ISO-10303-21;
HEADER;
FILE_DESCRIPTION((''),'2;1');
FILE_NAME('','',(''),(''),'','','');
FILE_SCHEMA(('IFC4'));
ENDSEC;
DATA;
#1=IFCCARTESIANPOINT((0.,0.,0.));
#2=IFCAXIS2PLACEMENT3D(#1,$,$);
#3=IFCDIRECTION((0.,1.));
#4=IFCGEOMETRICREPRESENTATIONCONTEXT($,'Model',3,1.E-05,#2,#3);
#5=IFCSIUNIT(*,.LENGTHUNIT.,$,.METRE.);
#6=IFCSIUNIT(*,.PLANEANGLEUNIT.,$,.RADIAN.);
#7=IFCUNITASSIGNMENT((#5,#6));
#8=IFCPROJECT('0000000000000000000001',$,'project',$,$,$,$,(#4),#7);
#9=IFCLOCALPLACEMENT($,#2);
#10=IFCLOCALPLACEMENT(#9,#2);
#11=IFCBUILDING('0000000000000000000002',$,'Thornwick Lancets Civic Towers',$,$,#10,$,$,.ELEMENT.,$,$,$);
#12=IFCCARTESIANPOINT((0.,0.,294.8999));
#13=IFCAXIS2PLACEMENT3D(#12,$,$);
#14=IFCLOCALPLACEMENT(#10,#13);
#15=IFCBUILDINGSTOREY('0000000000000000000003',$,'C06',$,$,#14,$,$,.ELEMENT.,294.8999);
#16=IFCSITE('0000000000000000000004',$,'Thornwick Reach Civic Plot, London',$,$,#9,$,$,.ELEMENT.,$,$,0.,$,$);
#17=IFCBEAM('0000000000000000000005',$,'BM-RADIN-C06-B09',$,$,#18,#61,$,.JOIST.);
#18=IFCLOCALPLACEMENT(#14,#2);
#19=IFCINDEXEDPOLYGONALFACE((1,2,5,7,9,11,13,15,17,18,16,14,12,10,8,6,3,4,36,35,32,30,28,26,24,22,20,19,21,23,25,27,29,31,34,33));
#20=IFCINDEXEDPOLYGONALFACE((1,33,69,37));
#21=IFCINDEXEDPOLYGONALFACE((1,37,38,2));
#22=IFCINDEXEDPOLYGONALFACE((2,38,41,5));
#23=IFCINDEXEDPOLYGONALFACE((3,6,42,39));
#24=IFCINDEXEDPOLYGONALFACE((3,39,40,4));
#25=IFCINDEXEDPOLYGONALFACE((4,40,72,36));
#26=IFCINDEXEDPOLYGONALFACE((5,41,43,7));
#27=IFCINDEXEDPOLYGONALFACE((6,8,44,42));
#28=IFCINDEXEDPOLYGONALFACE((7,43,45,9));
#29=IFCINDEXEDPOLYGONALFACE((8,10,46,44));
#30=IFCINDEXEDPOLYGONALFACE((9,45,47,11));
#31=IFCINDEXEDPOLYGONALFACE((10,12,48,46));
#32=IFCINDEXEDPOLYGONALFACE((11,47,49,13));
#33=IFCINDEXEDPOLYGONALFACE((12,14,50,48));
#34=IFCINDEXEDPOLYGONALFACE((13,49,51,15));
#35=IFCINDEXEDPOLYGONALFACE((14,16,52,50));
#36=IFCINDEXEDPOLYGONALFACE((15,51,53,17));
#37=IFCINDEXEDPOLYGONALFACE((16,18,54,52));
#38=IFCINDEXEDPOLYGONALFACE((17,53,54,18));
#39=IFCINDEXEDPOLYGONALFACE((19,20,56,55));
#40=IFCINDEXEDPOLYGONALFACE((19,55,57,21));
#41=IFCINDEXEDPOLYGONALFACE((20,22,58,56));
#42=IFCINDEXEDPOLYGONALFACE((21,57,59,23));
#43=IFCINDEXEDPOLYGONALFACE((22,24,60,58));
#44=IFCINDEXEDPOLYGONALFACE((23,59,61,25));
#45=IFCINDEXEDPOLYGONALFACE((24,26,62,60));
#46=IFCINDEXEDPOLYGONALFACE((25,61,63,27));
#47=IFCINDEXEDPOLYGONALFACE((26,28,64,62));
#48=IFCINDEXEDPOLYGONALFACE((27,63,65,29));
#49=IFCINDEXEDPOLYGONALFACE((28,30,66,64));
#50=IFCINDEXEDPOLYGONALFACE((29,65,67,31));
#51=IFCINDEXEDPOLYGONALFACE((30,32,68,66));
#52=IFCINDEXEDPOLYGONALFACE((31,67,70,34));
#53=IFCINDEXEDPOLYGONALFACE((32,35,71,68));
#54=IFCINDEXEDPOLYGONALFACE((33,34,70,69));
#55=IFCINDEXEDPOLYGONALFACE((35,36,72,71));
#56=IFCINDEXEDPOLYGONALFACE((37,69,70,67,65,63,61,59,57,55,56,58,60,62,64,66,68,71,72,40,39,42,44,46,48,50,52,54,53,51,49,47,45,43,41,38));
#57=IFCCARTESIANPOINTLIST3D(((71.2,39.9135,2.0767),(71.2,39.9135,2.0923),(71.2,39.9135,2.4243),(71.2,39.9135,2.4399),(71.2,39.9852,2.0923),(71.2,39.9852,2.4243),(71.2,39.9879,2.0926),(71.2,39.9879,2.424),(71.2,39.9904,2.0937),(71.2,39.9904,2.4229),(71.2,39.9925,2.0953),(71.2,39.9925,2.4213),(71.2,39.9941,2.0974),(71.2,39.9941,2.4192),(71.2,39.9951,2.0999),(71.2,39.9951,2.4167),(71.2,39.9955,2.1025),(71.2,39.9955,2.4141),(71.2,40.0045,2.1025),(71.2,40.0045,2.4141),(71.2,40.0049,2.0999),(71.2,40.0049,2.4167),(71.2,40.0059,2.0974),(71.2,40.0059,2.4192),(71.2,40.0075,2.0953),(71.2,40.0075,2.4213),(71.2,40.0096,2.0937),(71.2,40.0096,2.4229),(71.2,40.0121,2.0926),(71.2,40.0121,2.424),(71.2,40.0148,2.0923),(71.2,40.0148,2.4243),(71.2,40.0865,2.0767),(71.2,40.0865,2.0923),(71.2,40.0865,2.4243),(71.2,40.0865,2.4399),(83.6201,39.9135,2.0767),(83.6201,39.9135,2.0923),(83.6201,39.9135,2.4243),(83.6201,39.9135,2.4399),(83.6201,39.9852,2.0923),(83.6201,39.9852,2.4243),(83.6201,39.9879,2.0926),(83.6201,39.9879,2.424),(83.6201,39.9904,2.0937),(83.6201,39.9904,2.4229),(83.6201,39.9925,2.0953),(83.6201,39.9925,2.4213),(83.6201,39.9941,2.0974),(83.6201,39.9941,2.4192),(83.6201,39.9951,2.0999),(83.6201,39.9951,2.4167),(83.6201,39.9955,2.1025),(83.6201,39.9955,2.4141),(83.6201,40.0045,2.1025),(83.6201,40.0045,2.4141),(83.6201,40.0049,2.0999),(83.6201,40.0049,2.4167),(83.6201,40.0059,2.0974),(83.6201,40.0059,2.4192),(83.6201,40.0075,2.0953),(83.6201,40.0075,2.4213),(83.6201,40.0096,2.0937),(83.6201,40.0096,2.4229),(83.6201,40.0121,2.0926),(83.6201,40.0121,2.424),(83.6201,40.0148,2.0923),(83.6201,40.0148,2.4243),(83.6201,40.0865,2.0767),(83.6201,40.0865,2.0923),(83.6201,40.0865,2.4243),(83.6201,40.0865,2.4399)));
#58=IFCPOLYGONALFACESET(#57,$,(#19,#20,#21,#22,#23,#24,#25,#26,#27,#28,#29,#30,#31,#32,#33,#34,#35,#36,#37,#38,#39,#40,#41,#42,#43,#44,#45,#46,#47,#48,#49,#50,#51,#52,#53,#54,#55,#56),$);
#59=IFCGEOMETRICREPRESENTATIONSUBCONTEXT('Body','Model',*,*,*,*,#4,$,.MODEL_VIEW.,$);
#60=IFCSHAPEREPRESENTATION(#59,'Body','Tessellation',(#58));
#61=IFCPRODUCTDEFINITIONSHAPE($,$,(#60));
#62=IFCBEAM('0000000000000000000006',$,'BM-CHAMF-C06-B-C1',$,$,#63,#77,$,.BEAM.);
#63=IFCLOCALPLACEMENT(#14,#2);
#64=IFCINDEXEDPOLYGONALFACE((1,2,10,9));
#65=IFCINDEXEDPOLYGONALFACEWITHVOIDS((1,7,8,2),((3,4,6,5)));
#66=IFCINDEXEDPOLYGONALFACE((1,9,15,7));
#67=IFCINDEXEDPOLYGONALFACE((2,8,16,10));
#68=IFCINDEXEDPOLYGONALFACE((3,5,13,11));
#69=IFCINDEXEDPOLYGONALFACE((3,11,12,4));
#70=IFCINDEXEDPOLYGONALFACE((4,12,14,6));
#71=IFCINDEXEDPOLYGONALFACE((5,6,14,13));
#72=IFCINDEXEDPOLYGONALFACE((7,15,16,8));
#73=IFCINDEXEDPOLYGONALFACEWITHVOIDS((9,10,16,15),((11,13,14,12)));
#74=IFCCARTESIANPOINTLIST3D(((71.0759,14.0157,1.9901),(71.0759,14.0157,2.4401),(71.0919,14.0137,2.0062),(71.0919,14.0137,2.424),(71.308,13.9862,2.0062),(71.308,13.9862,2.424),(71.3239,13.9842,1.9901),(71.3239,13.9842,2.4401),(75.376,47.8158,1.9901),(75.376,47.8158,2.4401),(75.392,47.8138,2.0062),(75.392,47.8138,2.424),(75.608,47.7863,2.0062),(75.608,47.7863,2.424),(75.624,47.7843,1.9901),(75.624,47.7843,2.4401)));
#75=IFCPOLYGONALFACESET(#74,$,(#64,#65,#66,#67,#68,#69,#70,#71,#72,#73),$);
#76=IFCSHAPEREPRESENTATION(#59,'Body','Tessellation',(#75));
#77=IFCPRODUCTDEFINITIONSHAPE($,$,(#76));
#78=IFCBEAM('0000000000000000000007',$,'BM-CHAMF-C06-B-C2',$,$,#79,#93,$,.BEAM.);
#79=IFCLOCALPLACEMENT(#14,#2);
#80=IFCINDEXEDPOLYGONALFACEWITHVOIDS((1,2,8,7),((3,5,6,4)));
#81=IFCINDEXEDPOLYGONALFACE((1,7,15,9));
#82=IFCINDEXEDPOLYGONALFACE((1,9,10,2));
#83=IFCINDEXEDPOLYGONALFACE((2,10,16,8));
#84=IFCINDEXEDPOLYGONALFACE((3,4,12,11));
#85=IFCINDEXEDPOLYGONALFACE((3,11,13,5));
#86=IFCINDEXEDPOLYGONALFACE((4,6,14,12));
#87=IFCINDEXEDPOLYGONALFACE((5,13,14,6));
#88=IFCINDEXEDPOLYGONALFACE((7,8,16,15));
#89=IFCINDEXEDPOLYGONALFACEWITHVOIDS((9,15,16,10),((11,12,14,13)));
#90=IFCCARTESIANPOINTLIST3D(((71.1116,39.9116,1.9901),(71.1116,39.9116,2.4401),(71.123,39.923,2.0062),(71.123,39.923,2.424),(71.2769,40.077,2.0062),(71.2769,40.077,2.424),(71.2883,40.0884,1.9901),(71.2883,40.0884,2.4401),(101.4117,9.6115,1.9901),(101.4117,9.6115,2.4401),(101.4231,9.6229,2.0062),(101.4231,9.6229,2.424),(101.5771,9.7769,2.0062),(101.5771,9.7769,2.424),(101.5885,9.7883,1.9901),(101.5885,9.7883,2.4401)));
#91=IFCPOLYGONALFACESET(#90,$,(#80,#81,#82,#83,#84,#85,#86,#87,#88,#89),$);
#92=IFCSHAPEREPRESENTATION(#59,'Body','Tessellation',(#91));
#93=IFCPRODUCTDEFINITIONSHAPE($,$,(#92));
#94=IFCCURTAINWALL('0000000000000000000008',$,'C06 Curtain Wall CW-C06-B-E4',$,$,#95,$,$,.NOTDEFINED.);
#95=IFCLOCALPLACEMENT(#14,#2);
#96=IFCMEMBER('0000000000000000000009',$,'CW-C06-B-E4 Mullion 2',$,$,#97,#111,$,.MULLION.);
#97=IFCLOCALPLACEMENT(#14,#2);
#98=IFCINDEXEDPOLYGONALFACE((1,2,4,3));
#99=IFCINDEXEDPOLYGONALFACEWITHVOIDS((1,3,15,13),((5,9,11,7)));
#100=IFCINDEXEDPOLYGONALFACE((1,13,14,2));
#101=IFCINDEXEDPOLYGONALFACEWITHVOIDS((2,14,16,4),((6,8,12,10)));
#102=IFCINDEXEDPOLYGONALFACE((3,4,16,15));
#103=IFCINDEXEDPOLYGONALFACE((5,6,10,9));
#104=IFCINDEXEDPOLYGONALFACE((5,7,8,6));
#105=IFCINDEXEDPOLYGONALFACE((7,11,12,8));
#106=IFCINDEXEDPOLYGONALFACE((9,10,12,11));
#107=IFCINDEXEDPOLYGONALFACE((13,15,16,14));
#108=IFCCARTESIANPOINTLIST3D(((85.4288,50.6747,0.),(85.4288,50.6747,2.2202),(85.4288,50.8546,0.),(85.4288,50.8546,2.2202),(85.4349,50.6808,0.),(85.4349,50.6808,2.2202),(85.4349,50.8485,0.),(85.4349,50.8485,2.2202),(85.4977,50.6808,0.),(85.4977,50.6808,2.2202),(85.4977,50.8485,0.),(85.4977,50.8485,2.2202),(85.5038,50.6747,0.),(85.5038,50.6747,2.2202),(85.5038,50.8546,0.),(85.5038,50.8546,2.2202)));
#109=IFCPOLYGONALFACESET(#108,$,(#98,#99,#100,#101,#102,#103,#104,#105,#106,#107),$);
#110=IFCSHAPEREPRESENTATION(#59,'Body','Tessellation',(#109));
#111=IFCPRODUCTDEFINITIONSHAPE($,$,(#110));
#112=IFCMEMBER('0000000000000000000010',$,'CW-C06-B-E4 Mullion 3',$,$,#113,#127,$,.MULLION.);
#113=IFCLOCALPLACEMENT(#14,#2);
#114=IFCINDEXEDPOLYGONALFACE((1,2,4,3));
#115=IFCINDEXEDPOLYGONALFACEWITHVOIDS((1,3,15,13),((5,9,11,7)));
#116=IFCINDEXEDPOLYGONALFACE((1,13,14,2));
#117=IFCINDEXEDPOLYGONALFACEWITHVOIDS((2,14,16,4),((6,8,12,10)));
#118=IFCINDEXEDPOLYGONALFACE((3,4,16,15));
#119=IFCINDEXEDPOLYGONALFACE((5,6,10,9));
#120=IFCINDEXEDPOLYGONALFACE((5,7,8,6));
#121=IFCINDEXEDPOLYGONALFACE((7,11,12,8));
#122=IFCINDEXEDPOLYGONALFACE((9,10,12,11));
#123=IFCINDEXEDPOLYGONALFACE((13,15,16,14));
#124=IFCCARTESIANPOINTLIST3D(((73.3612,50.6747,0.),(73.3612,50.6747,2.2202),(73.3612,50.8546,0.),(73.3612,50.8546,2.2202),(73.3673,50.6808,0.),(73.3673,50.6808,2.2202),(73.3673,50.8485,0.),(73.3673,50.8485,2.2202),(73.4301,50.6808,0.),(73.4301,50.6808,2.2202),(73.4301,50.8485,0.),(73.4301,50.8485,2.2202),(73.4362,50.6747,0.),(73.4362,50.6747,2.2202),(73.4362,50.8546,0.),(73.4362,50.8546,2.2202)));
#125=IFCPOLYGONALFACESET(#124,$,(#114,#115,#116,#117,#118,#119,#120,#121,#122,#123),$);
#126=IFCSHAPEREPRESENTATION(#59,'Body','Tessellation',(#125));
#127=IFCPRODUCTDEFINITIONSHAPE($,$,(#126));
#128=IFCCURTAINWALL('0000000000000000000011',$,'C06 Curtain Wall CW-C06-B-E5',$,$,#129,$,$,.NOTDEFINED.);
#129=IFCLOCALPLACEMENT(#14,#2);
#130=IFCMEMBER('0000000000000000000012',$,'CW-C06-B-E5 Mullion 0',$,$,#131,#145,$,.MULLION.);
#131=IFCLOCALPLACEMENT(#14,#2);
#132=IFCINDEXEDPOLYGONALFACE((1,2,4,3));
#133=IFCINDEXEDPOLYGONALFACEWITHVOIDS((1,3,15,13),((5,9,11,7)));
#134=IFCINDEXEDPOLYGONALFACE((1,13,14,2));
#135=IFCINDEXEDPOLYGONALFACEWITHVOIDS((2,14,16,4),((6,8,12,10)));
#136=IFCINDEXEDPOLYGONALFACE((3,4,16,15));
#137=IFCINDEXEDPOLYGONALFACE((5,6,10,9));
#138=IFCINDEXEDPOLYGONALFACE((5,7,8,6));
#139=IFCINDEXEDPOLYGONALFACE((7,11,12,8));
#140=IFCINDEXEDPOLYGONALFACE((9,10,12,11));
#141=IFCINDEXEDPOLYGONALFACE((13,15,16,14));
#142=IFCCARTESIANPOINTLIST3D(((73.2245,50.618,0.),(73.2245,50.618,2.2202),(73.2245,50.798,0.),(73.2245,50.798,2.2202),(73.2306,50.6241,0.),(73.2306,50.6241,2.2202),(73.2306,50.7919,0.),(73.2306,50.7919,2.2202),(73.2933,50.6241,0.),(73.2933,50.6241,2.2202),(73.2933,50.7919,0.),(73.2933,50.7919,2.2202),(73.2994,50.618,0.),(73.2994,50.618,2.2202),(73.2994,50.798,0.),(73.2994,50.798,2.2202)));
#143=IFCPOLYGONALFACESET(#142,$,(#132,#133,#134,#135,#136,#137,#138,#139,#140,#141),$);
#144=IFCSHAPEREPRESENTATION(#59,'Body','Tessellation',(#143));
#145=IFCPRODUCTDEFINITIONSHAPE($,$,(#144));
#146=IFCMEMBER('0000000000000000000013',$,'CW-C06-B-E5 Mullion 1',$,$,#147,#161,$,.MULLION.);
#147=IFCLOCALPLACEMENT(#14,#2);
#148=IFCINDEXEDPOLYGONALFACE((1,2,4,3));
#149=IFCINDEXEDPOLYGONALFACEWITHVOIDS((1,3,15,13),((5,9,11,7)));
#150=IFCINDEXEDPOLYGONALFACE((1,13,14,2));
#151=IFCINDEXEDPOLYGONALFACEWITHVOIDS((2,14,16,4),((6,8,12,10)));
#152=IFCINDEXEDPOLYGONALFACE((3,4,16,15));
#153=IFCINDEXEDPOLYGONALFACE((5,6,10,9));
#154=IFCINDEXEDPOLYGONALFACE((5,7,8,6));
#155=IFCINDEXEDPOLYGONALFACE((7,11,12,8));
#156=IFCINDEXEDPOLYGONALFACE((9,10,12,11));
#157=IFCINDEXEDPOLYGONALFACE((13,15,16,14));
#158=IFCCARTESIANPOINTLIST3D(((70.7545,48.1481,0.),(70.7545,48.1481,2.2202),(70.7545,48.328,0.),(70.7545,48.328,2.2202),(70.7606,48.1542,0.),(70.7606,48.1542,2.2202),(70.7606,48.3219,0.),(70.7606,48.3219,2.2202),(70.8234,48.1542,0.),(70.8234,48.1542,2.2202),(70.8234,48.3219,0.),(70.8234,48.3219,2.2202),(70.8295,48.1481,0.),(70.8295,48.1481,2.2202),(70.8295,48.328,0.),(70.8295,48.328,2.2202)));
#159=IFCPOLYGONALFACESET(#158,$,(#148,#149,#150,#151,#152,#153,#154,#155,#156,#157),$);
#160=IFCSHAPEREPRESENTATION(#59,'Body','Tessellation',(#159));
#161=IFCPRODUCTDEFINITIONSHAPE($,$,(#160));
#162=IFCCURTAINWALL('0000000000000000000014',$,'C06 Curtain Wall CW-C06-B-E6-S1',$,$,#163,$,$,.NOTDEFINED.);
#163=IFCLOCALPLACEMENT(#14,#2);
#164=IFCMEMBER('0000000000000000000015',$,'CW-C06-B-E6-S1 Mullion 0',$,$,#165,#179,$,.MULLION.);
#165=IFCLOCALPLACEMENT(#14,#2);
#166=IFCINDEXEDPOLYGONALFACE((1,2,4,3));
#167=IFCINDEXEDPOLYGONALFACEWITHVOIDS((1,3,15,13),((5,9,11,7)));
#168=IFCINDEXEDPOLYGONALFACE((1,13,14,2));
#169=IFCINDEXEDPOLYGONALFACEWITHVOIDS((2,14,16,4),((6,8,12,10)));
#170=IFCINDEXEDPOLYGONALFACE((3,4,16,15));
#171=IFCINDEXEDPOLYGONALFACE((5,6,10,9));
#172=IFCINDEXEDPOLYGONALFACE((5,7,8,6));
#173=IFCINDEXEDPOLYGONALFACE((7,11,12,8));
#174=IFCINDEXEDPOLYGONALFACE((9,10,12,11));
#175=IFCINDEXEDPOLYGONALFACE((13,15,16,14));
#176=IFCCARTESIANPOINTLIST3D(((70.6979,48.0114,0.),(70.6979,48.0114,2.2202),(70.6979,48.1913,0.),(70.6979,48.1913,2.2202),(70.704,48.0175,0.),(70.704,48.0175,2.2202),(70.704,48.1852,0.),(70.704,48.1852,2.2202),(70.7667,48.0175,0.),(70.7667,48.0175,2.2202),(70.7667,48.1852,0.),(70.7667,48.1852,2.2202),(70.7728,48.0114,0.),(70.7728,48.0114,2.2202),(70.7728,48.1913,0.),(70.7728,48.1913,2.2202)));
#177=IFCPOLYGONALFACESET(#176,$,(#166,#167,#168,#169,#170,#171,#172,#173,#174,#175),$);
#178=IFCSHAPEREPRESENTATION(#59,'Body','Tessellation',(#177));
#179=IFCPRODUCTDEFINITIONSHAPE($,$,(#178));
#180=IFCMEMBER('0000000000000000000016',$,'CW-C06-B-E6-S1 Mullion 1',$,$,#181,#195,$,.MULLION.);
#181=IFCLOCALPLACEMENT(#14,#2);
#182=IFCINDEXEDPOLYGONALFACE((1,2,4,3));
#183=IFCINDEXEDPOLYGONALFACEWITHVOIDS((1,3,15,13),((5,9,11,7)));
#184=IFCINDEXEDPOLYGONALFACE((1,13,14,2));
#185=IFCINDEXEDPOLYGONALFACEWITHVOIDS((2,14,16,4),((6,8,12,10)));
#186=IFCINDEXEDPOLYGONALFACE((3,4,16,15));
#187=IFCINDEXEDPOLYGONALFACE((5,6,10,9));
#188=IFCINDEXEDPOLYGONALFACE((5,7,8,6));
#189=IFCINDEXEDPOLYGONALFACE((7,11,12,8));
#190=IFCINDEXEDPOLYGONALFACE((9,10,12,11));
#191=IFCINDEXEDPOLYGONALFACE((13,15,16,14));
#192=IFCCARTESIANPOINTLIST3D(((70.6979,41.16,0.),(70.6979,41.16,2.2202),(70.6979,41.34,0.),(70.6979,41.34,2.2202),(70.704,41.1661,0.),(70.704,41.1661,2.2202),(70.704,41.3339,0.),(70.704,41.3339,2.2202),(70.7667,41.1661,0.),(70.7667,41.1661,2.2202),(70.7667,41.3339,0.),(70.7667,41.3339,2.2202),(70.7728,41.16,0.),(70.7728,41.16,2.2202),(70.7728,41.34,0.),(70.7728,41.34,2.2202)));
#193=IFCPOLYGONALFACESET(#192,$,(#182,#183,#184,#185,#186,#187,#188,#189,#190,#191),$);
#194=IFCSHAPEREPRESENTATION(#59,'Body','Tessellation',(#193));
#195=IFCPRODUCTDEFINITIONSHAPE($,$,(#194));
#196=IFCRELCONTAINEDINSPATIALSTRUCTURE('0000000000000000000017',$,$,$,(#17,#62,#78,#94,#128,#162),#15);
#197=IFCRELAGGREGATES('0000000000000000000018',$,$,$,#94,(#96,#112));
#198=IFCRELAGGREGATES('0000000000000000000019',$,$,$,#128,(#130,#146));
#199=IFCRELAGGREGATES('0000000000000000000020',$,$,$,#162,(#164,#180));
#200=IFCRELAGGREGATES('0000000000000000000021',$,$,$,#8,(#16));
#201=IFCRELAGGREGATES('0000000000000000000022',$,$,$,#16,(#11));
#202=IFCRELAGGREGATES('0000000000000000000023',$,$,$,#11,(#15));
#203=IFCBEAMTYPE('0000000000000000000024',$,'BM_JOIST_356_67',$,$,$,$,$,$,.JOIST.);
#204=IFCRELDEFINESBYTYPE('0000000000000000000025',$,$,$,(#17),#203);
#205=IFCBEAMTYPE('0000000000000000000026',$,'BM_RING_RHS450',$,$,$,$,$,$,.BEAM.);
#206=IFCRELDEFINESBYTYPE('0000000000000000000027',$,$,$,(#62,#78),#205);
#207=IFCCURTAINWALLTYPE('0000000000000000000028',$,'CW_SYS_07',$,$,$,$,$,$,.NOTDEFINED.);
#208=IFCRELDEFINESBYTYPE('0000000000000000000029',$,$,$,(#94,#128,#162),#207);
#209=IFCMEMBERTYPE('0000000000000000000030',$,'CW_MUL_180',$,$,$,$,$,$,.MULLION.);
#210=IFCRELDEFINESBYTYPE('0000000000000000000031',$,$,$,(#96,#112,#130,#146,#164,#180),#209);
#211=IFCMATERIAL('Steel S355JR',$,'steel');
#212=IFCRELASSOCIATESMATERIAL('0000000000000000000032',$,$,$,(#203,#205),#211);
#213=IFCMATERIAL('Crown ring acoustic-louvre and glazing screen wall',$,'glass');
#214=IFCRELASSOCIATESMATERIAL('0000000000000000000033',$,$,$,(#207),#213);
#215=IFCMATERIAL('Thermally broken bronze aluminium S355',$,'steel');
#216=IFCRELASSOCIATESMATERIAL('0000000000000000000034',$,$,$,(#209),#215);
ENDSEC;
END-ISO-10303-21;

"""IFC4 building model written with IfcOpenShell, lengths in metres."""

from ifc_helpers import new_model, si_unit, direction, frame, origin, origin_2d, place, context, subcontext, project, spatial, hollow_rectangle, i_section, extrude, material, material_profile, profile_set, type_object, element, aggregate, save


model = new_model("IFC4")

# Units and contexts
model_context = context("Model", 3, precision=1e-05, world=origin(), true_north=direction((0.0, 1.0)))
body_context = subcontext(model_context, "Body", "Model", "MODEL_VIEW")
ifc_project = project(units=[si_unit("LENGTHUNIT", "METRE"), si_unit("PLANEANGLEUNIT", "RADIAN")], contexts=[model_context])

# Site, building, storey
site_placement = place(None, origin())
site = spatial("IfcSite", under=ifc_project, at=site_placement, Name="Thornwick Reach Civic Plot, London", CompositionType="ELEMENT", RefElevation=0.0)
building_placement = place(site_placement, origin())
building = spatial("IfcBuilding", under=site, at=building_placement, Name="Thornwick Lancets Civic Towers", CompositionType="ELEMENT")
storey_placement = place(building_placement, frame((0.0, 0.0, 294.8999)))
storey = spatial("IfcBuildingStorey", under=building, at=storey_placement, Name="C06", CompositionType="ELEMENT", Elevation=294.8999)

# Shared definitions
ifc_material_1 = material(Name="Steel S355JR", Category="steel")

# Beams
ifc_material_profile_1 = material_profile(ifc_material_1, i_section(OverallWidth=0.1731, OverallDepth=0.3633, WebThickness=0.009, FlangeThickness=0.0156, FilletRadius=0.0103, at=origin_2d()), Name="UKB 356x171x67")
ifc_profile_set_1 = profile_set([ifc_material_profile_1], Name="Steel S355JR")
beam_type_1 = type_object("IfcBeamType", Name="BM_JOIST_356_67", PredefinedType="JOIST", material=ifc_profile_set_1)
beam_1_placement = place(storey_placement, frame((83.6201, 40.0, 2.2583), z_axis=(-1.0, 0.0, 0.0), x_axis=(0.0, -1.0, 0.0)))
element("IfcBeam", 1, at=beam_1_placement, inside=storey, type_object=beam_type_1, Name="BM-RADIN-C06-B09", PredefinedType="JOIST", context=body_context, shape_type="SweptSolid", body=[
    extrude(i_section(OverallWidth=0.1731, OverallDepth=0.3633, WebThickness=0.009, FlangeThickness=0.0156, FilletRadius=0.0103, at=origin_2d()), origin(), (0.0, 0.0, 1.0), 12.4202),
])
ifc_material_profile_2 = material_profile(ifc_material_1, hollow_rectangle(XDim=0.25, YDim=0.45, WallThickness=0.0161, at=origin_2d()), Name="RHS 450x250x16")
ifc_profile_set_2 = profile_set([ifc_material_profile_2], Name="Steel S355JR")
beam_type_2 = type_object("IfcBeamType", Name="BM_RING_RHS450", PredefinedType="BEAM", material=ifc_profile_set_2)
beam_2_placement = place(storey_placement, frame((75.5, 47.8, 2.2151), z_axis=(-0.126203, -0.992004, 0.0), x_axis=(0.992004, -0.126203, 0.0)))
element("IfcBeam", 2, at=beam_2_placement, inside=storey, type_object=beam_type_2, Name="BM-CHAMF-C06-B-C1", PredefinedType="BEAM", context=body_context, shape_type="SweptSolid", body=[
    extrude(hollow_rectangle(XDim=0.25, YDim=0.45, WallThickness=0.0161, at=origin_2d()), origin(), (0.0, 0.0, 1.0), 34.0725),
])
beam_3_placement = place(storey_placement, frame((71.2, 40.0, 2.2151), z_axis=(0.707107, -0.707107, 0.0), x_axis=(0.707107, 0.707107, 0.0)))
element("IfcBeam", 3, at=beam_3_placement, inside=storey, type_object=beam_type_2, Name="BM-CHAMF-C06-B-C2", PredefinedType="BEAM", context=body_context, shape_type="SweptSolid", body=[
    extrude(hollow_rectangle(XDim=0.25, YDim=0.45, WallThickness=0.0161, at=origin_2d()), origin(), (0.0, 0.0, 1.0), 42.8508),
])

# Curtain walls, members
ifc_material_2 = material(Name="Crown ring acoustic-louvre and glazing screen wall", Category="glass")
curtain_wall_type = type_object("IfcCurtainWallType", Name="CW_SYS_07", PredefinedType="NOTDEFINED", material=ifc_material_2)
curtain_wall_1_placement = place(storey_placement, origin())
curtain_wall_1 = element("IfcCurtainWall", 4, at=curtain_wall_1_placement, inside=storey, type_object=curtain_wall_type, Name="C06 Curtain Wall CW-C06-B-E4", PredefinedType="NOTDEFINED")
ifc_material_3 = material(Name="Thermally broken bronze aluminium S355", Category="steel")
ifc_material_profile_3 = material_profile(ifc_material_3, hollow_rectangle(XDim=0.075, YDim=0.1799, WallThickness=0.0061, at=origin_2d()), Name="RHS 180x75x6")
ifc_profile_set_3 = profile_set([ifc_material_profile_3], Name="Thermally broken bronze aluminium S355")
member_type_1 = type_object("IfcMemberType", Name="CW_MUL_180", PredefinedType="MULLION", material=ifc_profile_set_3)
member_1_placement = place(storey_placement, frame((85.4663, 50.7646, 0.0), z_axis=(0.0, 0.0, 1.0), x_axis=(1.0, 0.0, 0.0)))
member_1 = element("IfcMember", 5, at=member_1_placement, type_object=member_type_1, Name="CW-C06-B-E4 Mullion 2", PredefinedType="MULLION", context=body_context, shape_type="SweptSolid", body=[
    extrude(hollow_rectangle(XDim=0.075, YDim=0.1799, WallThickness=0.0061, at=origin_2d()), origin(), (0.0, 0.0, 1.0), 2.2202),
])
member_2_placement = place(storey_placement, frame((73.3987, 50.7646, 0.0), z_axis=(0.0, 0.0, 1.0), x_axis=(1.0, 0.0, 0.0)))
member_2 = element("IfcMember", 6, at=member_2_placement, type_object=member_type_1, Name="CW-C06-B-E4 Mullion 3", PredefinedType="MULLION", context=body_context, shape_type="SweptSolid", body=[
    extrude(hollow_rectangle(XDim=0.075, YDim=0.1799, WallThickness=0.0061, at=origin_2d()), origin(), (0.0, 0.0, 1.0), 2.2202),
])
curtain_wall_2_placement = place(storey_placement, origin())
curtain_wall_2 = element("IfcCurtainWall", 7, at=curtain_wall_2_placement, inside=storey, type_object=curtain_wall_type, Name="C06 Curtain Wall CW-C06-B-E5", PredefinedType="NOTDEFINED")
member_3_placement = place(storey_placement, frame((73.262, 50.708, 0.0), z_axis=(0.0, 0.0, 1.0), x_axis=(1.0, 0.0, 0.0)))
member_3 = element("IfcMember", 8, at=member_3_placement, type_object=member_type_1, Name="CW-C06-B-E5 Mullion 0", PredefinedType="MULLION", context=body_context, shape_type="SweptSolid", body=[
    extrude(hollow_rectangle(XDim=0.075, YDim=0.1799, WallThickness=0.0061, at=origin_2d()), origin(), (0.0, 0.0, 1.0), 2.2202),
])
member_4_placement = place(storey_placement, frame((70.792, 48.238, 0.0), z_axis=(0.0, 0.0, 1.0), x_axis=(1.0, 0.0, 0.0)))
member_4 = element("IfcMember", 9, at=member_4_placement, type_object=member_type_1, Name="CW-C06-B-E5 Mullion 1", PredefinedType="MULLION", context=body_context, shape_type="SweptSolid", body=[
    extrude(hollow_rectangle(XDim=0.075, YDim=0.1799, WallThickness=0.0061, at=origin_2d()), origin(), (0.0, 0.0, 1.0), 2.2202),
])
curtain_wall_3_placement = place(storey_placement, origin())
curtain_wall_3 = element("IfcCurtainWall", 10, at=curtain_wall_3_placement, inside=storey, type_object=curtain_wall_type, Name="C06 Curtain Wall CW-C06-B-E6-S1", PredefinedType="NOTDEFINED")
member_5_placement = place(storey_placement, frame((70.7354, 48.1013, 0.0), z_axis=(0.0, 0.0, 1.0), x_axis=(1.0, 0.0, 0.0)))
member_5 = element("IfcMember", 11, at=member_5_placement, type_object=member_type_1, Name="CW-C06-B-E6-S1 Mullion 0", PredefinedType="MULLION", context=body_context, shape_type="SweptSolid", body=[
    extrude(hollow_rectangle(XDim=0.075, YDim=0.1799, WallThickness=0.0061, at=origin_2d()), origin(), (0.0, 0.0, 1.0), 2.2202),
])
member_6_placement = place(storey_placement, frame((70.7354, 41.25, 0.0), z_axis=(0.0, 0.0, 1.0), x_axis=(1.0, 0.0, 0.0)))
member_6 = element("IfcMember", 12, at=member_6_placement, type_object=member_type_1, Name="CW-C06-B-E6-S1 Mullion 1", PredefinedType="MULLION", context=body_context, shape_type="SweptSolid", body=[
    extrude(hollow_rectangle(XDim=0.075, YDim=0.1799, WallThickness=0.0061, at=origin_2d()), origin(), (0.0, 0.0, 1.0), 2.2202),
])

aggregate(curtain_wall_1, [member_1, member_2])
aggregate(curtain_wall_2, [member_3, member_4])
aggregate(curtain_wall_3, [member_5, member_6])

save(model, "model.ifc")
